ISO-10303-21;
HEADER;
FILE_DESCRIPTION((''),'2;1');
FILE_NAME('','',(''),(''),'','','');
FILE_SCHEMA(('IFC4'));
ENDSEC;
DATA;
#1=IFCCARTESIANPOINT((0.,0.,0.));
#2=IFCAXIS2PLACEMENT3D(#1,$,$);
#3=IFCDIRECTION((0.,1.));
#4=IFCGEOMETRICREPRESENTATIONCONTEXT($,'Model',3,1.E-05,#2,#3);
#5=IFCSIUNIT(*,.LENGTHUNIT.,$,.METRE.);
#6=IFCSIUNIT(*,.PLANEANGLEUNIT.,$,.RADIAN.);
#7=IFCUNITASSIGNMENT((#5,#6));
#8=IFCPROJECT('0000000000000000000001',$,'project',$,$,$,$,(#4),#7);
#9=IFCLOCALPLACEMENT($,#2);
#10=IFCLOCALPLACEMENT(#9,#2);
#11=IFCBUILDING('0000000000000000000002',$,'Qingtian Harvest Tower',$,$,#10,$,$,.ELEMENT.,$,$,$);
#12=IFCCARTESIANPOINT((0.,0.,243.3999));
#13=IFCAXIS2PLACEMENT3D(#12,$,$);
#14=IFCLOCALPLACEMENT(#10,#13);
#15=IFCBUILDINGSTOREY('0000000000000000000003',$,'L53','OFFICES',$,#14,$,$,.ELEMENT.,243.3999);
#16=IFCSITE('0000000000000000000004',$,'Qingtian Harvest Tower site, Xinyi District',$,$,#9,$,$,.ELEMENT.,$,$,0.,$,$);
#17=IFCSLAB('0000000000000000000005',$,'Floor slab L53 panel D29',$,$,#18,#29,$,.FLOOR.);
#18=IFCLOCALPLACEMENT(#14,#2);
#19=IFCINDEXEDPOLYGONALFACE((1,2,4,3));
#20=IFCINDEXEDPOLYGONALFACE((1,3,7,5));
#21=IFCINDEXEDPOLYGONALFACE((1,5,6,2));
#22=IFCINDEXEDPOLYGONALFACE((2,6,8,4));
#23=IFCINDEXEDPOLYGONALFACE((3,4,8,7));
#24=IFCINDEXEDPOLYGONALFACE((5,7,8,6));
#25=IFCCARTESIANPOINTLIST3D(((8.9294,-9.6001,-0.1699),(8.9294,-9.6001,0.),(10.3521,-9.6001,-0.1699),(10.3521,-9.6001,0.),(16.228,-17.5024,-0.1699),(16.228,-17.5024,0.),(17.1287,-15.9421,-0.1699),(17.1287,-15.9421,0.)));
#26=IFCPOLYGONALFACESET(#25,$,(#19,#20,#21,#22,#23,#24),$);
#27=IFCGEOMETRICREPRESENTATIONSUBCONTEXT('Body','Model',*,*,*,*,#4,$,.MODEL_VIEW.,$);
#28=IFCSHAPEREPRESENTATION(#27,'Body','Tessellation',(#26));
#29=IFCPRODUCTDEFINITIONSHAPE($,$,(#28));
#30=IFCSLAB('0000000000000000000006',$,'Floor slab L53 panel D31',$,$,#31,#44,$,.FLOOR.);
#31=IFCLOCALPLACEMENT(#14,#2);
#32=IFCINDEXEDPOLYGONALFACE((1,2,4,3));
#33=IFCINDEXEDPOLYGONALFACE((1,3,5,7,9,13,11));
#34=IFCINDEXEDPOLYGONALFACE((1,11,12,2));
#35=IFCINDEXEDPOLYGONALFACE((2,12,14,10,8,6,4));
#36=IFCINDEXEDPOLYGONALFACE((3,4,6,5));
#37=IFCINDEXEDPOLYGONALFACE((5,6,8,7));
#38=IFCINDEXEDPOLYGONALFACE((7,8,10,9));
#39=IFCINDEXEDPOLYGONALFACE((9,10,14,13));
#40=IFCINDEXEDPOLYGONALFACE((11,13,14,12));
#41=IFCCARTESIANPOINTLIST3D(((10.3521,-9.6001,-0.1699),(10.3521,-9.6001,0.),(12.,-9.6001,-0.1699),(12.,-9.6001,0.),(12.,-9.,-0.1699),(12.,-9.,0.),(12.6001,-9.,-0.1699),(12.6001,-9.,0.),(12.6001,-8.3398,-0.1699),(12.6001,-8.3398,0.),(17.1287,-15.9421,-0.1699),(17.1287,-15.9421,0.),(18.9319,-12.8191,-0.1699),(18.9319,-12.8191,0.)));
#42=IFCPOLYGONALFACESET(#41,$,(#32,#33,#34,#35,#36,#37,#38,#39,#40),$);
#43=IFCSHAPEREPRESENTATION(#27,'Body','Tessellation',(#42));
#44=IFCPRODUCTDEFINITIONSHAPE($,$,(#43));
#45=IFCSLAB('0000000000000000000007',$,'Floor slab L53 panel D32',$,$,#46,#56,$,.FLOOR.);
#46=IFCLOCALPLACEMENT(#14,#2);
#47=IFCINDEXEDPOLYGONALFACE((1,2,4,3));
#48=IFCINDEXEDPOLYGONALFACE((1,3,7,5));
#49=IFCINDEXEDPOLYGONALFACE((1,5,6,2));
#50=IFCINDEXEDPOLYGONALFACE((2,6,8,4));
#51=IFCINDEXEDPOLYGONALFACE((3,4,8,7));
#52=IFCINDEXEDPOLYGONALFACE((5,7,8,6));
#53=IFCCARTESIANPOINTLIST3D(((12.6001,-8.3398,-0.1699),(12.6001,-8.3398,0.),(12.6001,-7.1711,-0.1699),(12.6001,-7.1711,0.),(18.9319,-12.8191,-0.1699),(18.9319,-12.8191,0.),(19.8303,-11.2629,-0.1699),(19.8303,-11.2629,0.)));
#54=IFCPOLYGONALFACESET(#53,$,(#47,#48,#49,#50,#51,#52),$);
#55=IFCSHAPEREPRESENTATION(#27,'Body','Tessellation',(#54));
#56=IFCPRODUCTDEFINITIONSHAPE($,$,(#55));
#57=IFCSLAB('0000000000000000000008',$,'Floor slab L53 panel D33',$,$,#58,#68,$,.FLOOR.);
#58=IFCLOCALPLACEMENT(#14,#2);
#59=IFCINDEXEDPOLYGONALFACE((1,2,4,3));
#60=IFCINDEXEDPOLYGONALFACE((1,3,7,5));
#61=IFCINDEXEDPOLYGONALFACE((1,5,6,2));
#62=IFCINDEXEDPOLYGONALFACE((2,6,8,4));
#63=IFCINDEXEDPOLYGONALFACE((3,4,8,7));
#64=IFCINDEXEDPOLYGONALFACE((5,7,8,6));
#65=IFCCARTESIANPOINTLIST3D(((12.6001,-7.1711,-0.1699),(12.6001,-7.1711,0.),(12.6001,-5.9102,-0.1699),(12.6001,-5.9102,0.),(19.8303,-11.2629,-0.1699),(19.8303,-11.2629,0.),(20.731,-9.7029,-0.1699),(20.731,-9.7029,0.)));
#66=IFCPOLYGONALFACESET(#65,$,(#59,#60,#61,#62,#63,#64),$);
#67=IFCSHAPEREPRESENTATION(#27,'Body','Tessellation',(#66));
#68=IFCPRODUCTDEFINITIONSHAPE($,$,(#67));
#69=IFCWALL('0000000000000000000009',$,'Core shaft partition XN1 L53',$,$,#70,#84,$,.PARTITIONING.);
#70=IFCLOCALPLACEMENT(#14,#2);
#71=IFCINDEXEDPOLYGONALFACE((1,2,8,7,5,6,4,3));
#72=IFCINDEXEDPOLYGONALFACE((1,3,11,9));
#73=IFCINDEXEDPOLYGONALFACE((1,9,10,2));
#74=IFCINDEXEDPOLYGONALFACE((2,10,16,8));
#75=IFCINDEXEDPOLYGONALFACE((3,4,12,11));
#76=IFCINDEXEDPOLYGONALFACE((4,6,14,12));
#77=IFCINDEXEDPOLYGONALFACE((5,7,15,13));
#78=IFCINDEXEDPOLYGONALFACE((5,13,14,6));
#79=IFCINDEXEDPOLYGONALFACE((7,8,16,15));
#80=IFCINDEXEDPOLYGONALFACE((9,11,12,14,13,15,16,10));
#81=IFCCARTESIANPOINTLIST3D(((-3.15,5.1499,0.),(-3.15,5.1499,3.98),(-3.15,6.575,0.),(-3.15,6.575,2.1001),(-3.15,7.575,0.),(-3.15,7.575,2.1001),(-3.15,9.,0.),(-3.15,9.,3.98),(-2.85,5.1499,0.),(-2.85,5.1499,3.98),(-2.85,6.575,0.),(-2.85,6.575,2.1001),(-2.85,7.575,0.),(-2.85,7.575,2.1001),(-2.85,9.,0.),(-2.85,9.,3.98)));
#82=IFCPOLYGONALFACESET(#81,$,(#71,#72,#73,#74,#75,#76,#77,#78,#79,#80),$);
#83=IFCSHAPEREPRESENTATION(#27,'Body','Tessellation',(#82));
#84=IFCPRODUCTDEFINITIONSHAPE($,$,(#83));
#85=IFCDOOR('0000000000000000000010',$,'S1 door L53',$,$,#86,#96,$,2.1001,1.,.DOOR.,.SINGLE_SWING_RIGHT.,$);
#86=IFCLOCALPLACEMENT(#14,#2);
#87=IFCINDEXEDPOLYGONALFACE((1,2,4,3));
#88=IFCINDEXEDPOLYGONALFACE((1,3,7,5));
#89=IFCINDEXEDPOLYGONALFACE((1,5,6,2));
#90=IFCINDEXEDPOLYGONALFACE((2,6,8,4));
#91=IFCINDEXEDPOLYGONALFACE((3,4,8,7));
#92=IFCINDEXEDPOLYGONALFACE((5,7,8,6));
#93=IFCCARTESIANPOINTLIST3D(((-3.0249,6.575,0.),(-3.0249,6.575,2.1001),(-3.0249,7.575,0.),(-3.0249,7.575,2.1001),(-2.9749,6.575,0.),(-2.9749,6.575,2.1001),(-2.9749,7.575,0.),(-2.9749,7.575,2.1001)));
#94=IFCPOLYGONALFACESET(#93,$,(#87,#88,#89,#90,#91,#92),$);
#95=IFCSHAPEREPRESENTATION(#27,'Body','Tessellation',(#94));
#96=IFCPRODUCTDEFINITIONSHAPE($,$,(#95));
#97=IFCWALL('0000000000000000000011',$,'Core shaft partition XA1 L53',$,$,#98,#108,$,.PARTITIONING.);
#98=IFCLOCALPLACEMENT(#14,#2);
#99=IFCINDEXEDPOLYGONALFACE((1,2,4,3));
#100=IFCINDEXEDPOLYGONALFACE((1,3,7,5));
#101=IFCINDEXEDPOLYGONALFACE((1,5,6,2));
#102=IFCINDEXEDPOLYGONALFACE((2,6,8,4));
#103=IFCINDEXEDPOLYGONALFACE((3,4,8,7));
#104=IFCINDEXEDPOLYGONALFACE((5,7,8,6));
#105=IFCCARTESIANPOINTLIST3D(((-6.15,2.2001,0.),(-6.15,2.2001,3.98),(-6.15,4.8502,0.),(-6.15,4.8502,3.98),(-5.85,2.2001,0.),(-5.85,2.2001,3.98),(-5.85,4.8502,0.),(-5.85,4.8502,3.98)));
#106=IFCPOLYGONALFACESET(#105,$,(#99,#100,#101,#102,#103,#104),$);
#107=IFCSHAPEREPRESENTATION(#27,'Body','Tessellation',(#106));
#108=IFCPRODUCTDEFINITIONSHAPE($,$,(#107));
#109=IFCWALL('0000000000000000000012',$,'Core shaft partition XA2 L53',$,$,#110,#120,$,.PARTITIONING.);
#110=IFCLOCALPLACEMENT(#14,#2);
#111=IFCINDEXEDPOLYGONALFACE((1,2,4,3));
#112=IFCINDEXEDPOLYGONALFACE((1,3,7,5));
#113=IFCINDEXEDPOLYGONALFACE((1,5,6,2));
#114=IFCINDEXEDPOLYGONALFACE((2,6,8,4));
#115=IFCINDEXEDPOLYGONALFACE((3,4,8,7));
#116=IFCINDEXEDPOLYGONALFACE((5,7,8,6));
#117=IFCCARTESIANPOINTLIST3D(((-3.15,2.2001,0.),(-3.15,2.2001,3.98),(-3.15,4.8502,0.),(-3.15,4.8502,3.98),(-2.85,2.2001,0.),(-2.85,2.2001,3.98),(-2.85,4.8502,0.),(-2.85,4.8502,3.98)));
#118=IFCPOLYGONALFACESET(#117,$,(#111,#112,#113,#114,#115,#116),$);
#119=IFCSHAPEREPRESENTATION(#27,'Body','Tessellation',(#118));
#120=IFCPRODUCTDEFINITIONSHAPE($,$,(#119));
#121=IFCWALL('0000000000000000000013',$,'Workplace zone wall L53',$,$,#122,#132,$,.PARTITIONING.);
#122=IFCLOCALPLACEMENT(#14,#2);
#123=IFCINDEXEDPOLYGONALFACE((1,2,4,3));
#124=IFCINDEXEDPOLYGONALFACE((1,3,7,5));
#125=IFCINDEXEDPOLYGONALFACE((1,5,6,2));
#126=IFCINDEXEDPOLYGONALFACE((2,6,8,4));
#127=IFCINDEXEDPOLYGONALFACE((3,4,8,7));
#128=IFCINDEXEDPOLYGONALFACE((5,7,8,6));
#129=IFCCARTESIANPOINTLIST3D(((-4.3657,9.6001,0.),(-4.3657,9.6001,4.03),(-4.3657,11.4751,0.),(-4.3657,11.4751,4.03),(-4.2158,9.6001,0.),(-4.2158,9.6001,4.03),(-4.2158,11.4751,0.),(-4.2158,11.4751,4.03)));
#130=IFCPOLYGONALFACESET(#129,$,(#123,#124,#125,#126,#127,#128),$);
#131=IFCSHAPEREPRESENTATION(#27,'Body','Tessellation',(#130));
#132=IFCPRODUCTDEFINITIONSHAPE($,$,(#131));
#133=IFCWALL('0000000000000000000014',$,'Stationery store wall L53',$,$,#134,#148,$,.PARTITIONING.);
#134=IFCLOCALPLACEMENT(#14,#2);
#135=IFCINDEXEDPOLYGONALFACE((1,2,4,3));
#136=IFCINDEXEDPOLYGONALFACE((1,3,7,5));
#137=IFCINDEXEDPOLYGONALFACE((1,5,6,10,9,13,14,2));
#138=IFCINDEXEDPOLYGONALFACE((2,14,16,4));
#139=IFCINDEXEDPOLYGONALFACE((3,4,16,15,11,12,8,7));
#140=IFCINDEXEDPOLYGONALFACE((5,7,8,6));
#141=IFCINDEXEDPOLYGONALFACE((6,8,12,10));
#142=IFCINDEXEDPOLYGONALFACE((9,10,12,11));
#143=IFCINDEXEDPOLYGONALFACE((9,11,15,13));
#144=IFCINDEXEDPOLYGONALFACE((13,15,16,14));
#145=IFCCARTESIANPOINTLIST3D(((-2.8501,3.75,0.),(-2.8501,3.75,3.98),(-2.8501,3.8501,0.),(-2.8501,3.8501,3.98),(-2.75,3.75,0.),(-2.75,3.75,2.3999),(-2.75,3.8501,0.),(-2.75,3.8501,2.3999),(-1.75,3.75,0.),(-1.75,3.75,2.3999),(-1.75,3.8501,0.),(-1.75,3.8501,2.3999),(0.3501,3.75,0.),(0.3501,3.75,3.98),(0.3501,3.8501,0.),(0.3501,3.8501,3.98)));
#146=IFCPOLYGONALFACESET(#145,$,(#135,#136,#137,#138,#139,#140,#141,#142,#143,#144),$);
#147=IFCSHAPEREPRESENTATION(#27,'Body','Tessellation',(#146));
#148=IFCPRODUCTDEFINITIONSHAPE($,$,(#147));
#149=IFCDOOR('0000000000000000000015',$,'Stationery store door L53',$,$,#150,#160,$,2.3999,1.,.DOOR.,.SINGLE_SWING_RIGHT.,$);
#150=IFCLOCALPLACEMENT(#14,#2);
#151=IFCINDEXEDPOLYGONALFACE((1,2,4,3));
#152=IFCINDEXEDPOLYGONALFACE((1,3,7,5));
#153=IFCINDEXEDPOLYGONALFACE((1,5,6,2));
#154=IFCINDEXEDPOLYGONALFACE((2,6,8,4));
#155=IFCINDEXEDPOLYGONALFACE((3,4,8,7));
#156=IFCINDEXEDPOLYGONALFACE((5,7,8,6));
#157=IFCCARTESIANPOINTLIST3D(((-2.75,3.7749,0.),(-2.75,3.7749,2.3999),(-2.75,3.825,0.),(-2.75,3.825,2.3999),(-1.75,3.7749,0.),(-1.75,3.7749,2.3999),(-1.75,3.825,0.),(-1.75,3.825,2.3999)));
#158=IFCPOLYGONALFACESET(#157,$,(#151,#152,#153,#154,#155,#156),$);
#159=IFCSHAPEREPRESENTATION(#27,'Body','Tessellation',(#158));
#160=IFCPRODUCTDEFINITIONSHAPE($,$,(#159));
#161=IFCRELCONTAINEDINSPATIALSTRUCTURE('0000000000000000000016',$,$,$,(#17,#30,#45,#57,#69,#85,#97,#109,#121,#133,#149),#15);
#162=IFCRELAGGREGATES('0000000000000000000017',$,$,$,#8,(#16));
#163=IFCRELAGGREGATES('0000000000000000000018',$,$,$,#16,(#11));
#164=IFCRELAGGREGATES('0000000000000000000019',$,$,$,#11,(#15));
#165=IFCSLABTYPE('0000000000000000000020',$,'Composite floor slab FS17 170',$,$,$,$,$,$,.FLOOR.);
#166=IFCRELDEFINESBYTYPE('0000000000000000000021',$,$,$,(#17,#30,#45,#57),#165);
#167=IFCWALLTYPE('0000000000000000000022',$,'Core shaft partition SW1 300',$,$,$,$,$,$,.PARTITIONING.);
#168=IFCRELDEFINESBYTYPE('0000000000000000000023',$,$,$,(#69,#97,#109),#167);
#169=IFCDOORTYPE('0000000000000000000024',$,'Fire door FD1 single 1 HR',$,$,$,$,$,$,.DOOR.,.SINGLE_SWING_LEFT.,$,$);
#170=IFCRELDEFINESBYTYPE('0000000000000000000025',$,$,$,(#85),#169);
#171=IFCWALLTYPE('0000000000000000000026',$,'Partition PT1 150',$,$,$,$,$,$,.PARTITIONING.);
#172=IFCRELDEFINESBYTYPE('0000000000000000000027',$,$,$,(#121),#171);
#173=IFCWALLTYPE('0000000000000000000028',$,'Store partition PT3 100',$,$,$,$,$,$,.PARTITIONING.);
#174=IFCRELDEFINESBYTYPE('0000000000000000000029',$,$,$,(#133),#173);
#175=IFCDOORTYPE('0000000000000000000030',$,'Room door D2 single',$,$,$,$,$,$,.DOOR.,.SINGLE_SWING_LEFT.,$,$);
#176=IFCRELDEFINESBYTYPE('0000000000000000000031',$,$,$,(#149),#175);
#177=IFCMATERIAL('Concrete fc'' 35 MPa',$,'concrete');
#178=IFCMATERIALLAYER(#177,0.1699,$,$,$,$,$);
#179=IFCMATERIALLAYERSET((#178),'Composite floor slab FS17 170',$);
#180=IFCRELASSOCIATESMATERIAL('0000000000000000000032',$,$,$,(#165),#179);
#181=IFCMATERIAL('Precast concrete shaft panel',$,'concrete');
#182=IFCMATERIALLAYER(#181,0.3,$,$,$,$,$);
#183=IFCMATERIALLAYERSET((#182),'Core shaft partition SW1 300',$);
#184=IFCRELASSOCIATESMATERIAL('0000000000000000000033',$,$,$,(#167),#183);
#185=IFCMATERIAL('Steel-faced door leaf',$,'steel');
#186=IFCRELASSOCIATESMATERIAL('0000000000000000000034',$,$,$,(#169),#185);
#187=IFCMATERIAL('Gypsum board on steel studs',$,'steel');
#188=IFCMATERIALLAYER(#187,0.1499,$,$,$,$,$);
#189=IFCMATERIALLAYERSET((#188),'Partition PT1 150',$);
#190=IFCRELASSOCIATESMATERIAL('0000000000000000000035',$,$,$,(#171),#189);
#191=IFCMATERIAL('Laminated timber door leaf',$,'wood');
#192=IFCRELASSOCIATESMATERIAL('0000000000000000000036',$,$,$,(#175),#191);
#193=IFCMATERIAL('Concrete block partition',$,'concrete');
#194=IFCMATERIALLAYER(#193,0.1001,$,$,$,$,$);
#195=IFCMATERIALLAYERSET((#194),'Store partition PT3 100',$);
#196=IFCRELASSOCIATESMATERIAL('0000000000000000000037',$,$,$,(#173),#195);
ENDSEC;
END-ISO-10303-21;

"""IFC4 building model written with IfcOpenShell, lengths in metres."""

from ifc_helpers import new_model, si_unit, direction, frame, frame_2d, origin, place, context, subcontext, project, spatial, polyline, rectangle, outline, extrude, material, layer, layer_set, type_object, element, fill, save


model = new_model("IFC4")

# Units and contexts
model_context = context("Model", 3, precision=1e-05, world=origin(), true_north=direction((0.0, 1.0)))
body_context = subcontext(model_context, "Body", "Model", "MODEL_VIEW")
ifc_project = project(units=[si_unit("LENGTHUNIT", "METRE"), si_unit("PLANEANGLEUNIT", "RADIAN")], contexts=[model_context])

# Site, building, storey
site_placement = place(None, origin())
site = spatial("IfcSite", under=ifc_project, at=site_placement, Name="Qingtian Harvest Tower site, Xinyi District", CompositionType="ELEMENT", RefElevation=0.0)
building_placement = place(site_placement, origin())
building = spatial("IfcBuilding", under=site, at=building_placement, Name="Qingtian Harvest Tower", CompositionType="ELEMENT")
storey_placement = place(building_placement, frame((0.0, 0.0, 243.3999)))
storey = spatial("IfcBuildingStorey", under=building, at=storey_placement, Name="L53", Description="OFFICES", CompositionType="ELEMENT", Elevation=243.3999)

# Slabs
ifc_material_1 = material(Name="Concrete fc' 35 MPa", Category="concrete")
ifc_layer_1 = layer(ifc_material_1, 0.1699)
ifc_layer_set_1 = layer_set([ifc_layer_1], Name="Composite floor slab FS17 170")
slab_type = type_object("IfcSlabType", Name="Composite floor slab FS17 170", PredefinedType="FLOOR", material=ifc_layer_set_1)
slab_1_placement = place(storey_placement, frame((0.0, 0.0, -0.1699)))
element("IfcSlab", 1, at=slab_1_placement, inside=storey, type_object=slab_type, Name="Floor slab L53 panel D29", PredefinedType="FLOOR", context=body_context, shape_type="SweptSolid", body=[
    extrude(outline(polyline([(10.3521, -9.6001), (17.1287, -15.9421), (16.228, -17.5024), (8.9294, -9.6001), (10.3521, -9.6001)])), origin(), (0.0, 0.0, 1.0), 0.1699),
])
slab_2_placement = place(storey_placement, frame((0.0, 0.0, -0.1699)))
element("IfcSlab", 2, at=slab_2_placement, inside=storey, type_object=slab_type, Name="Floor slab L53 panel D31", PredefinedType="FLOOR", context=body_context, shape_type="SweptSolid", body=[
    extrude(outline(polyline([(12.6001, -8.3398), (18.9319, -12.8191), (17.1287, -15.9421), (10.3521, -9.6001), (12.0, -9.6001), (12.0, -9.0), (12.6001, -9.0), (12.6001, -8.3398)])), origin(), (0.0, 0.0, 1.0), 0.1699),
])
slab_3_placement = place(storey_placement, frame((0.0, 0.0, -0.1699)))
element("IfcSlab", 3, at=slab_3_placement, inside=storey, type_object=slab_type, Name="Floor slab L53 panel D32", PredefinedType="FLOOR", context=body_context, shape_type="SweptSolid", body=[
    extrude(outline(polyline([(12.6001, -7.1711), (19.8303, -11.2629), (18.9319, -12.8191), (12.6001, -8.3398), (12.6001, -7.1711)])), origin(), (0.0, 0.0, 1.0), 0.1699),
])
slab_4_placement = place(storey_placement, frame((0.0, 0.0, -0.1699)))
element("IfcSlab", 4, at=slab_4_placement, inside=storey, type_object=slab_type, Name="Floor slab L53 panel D33", PredefinedType="FLOOR", context=body_context, shape_type="SweptSolid", body=[
    extrude(outline(polyline([(12.6001, -5.9102), (20.731, -9.7029), (19.8303, -11.2629), (12.6001, -7.1711), (12.6001, -5.9102)])), origin(), (0.0, 0.0, 1.0), 0.1699),
])

# Wall, opening, door
ifc_material_2 = material(Name="Precast concrete shaft panel", Category="concrete")
ifc_layer_2 = layer(ifc_material_2, 0.3)
ifc_layer_set_2 = layer_set([ifc_layer_2], Name="Core shaft partition SW1 300")
wall_type_1 = type_object("IfcWallType", Name="Core shaft partition SW1 300", PredefinedType="PARTITIONING", material=ifc_layer_set_2)
wall_1_placement = place(storey_placement, frame((-3.0, 5.1499, 0.0), z_axis=(0.0, 0.0, 1.0), x_axis=(0.0, 1.0, 0.0)))
wall_1 = element("IfcWall", 5, at=wall_1_placement, inside=storey, type_object=wall_type_1, Name="Core shaft partition XN1 L53", PredefinedType="PARTITIONING", context=body_context, shape_type="SweptSolid", body=[
    extrude(rectangle(XDim=3.8501, YDim=0.3, at=frame_2d((1.925, 0.0))), origin(), (0.0, 0.0, 1.0), 3.98),
])
opening_1_placement = place(wall_1_placement, frame((1.425, 0.0, 0.0)))
opening_1 = element("IfcOpeningElement", 6, at=opening_1_placement, cuts=wall_1, PredefinedType="OPENING", context=body_context, shape_type="SweptSolid", body=[
    extrude(rectangle(XDim=1.0, YDim=2.1001, at=frame_2d((0.5, 1.05))), frame((0.0, 0.1599, 0.0), z_axis=(0.0, -1.0, 0.0), x_axis=(1.0, 0.0, 0.0)), (0.0, 0.0, 1.0), 0.3201),
])
ifc_material_3 = material(Name="Steel-faced door leaf", Category="steel")
door_type_1 = type_object("IfcDoorType", Name="Fire door FD1 single 1 HR", OperationType="SINGLE_SWING_LEFT", PredefinedType="DOOR", material=ifc_material_3)
door_1_placement = place(opening_1_placement, origin())
door_1 = element("IfcDoor", 7, at=door_1_placement, inside=storey, type_object=door_type_1, Name="S1 door L53", OperationType="SINGLE_SWING_RIGHT", OverallHeight=2.1001, OverallWidth=1.0, PredefinedType="DOOR", context=body_context, shape_type="SweptSolid", body=[
    extrude(rectangle(XDim=1.0, YDim=2.1001, at=frame_2d((0.5, 1.05))), frame((0.0, 0.0249, 0.0), z_axis=(0.0, -1.0, 0.0), x_axis=(1.0, 0.0, 0.0)), (0.0, 0.0, 1.0), 0.05),
])
fill(opening_1, door_1)

# Walls
for number, where, z_axis, x_axis, name in (
    (8, (-6.0, 2.2, 0.0), (0.0, 0.0, 1.0), (0.0, 1.0, 0.0), "Core shaft partition XA1 L53"),
    (9, (-3.0, 2.2, 0.0), (0.0, 0.0, 1.0), (0.0, 1.0, 0.0), "Core shaft partition XA2 L53"),
):
    element("IfcWall", number, at=place(storey_placement, frame(where, z_axis=z_axis, x_axis=x_axis)), inside=storey, type_object=wall_type_1, Name=name, PredefinedType="PARTITIONING", context=body_context, shape_type="SweptSolid", body=[
        extrude(rectangle(XDim=2.6501, YDim=0.3, at=frame_2d((1.3252, 0.0))), origin(), (0.0, 0.0, 1.0), 3.98),
    ])
ifc_material_4 = material(Name="Gypsum board on steel studs", Category="steel")
ifc_layer_3 = layer(ifc_material_4, 0.1499)
ifc_layer_set_3 = layer_set([ifc_layer_3], Name="Partition PT1 150")
wall_type_2 = type_object("IfcWallType", Name="Partition PT1 150", PredefinedType="PARTITIONING", material=ifc_layer_set_3)
wall_2_placement = place(storey_placement, frame((-4.2908, 9.6001, 0.0), z_axis=(0.0, 0.0, 1.0), x_axis=(0.0, 1.0, 0.0)))
element("IfcWall", 10, at=wall_2_placement, inside=storey, type_object=wall_type_2, Name="Workplace zone wall L53", PredefinedType="PARTITIONING", context=body_context, shape_type="SweptSolid", body=[
    extrude(rectangle(XDim=1.875, YDim=0.1499, at=frame_2d((0.9375, 0.0))), origin(), (0.0, 0.0, 1.0), 4.03),
])

# Wall, opening, door
ifc_material_5 = material(Name="Laminated timber door leaf", Category="wood")
door_type_2 = type_object("IfcDoorType", Name="Room door D2 single", OperationType="SINGLE_SWING_LEFT", PredefinedType="DOOR", material=ifc_material_5)
ifc_material_6 = material(Name="Concrete block partition", Category="concrete")
ifc_layer_4 = layer(ifc_material_6, 0.1001)
ifc_layer_set_4 = layer_set([ifc_layer_4], Name="Store partition PT3 100")
wall_type_3 = type_object("IfcWallType", Name="Store partition PT3 100", PredefinedType="PARTITIONING", material=ifc_layer_set_4)
wall_3_placement = place(storey_placement, frame((-2.8501, 3.8, 0.0), z_axis=(0.0, 0.0, 1.0), x_axis=(1.0, 0.0, 0.0)))
wall_3 = element("IfcWall", 11, at=wall_3_placement, inside=storey, type_object=wall_type_3, Name="Stationery store wall L53", PredefinedType="PARTITIONING", context=body_context, shape_type="SweptSolid", body=[
    extrude(rectangle(XDim=3.2002, YDim=0.1001, at=frame_2d((1.6001, 0.0))), origin(), (0.0, 0.0, 1.0), 3.98),
])
opening_2_placement = place(wall_3_placement, frame((0.1001, 0.0, 0.0)))
opening_2 = element("IfcOpeningElement", 12, at=opening_2_placement, cuts=wall_3, PredefinedType="OPENING", context=body_context, shape_type="SweptSolid", body=[
    extrude(rectangle(XDim=1.0, YDim=2.3999, at=frame_2d((0.5, 1.2))), frame((0.0, 0.0601, 0.0), z_axis=(0.0, -1.0, 0.0), x_axis=(1.0, 0.0, 0.0)), (0.0, 0.0, 1.0), 0.1201),
])
door_2_placement = place(opening_2_placement, origin())
door_2 = element("IfcDoor", 13, at=door_2_placement, inside=storey, type_object=door_type_2, Name="Stationery store door L53", OperationType="SINGLE_SWING_RIGHT", OverallHeight=2.3999, OverallWidth=1.0, PredefinedType="DOOR", context=body_context, shape_type="SweptSolid", body=[
    extrude(rectangle(XDim=1.0, YDim=2.3999, at=frame_2d((0.5, 1.2))), frame((0.0, 0.0249, 0.0), z_axis=(0.0, -1.0, 0.0), x_axis=(1.0, 0.0, 0.0)), (0.0, 0.0, 1.0), 0.05),
])
fill(opening_2, door_2)

save(model, "model.ifc")
